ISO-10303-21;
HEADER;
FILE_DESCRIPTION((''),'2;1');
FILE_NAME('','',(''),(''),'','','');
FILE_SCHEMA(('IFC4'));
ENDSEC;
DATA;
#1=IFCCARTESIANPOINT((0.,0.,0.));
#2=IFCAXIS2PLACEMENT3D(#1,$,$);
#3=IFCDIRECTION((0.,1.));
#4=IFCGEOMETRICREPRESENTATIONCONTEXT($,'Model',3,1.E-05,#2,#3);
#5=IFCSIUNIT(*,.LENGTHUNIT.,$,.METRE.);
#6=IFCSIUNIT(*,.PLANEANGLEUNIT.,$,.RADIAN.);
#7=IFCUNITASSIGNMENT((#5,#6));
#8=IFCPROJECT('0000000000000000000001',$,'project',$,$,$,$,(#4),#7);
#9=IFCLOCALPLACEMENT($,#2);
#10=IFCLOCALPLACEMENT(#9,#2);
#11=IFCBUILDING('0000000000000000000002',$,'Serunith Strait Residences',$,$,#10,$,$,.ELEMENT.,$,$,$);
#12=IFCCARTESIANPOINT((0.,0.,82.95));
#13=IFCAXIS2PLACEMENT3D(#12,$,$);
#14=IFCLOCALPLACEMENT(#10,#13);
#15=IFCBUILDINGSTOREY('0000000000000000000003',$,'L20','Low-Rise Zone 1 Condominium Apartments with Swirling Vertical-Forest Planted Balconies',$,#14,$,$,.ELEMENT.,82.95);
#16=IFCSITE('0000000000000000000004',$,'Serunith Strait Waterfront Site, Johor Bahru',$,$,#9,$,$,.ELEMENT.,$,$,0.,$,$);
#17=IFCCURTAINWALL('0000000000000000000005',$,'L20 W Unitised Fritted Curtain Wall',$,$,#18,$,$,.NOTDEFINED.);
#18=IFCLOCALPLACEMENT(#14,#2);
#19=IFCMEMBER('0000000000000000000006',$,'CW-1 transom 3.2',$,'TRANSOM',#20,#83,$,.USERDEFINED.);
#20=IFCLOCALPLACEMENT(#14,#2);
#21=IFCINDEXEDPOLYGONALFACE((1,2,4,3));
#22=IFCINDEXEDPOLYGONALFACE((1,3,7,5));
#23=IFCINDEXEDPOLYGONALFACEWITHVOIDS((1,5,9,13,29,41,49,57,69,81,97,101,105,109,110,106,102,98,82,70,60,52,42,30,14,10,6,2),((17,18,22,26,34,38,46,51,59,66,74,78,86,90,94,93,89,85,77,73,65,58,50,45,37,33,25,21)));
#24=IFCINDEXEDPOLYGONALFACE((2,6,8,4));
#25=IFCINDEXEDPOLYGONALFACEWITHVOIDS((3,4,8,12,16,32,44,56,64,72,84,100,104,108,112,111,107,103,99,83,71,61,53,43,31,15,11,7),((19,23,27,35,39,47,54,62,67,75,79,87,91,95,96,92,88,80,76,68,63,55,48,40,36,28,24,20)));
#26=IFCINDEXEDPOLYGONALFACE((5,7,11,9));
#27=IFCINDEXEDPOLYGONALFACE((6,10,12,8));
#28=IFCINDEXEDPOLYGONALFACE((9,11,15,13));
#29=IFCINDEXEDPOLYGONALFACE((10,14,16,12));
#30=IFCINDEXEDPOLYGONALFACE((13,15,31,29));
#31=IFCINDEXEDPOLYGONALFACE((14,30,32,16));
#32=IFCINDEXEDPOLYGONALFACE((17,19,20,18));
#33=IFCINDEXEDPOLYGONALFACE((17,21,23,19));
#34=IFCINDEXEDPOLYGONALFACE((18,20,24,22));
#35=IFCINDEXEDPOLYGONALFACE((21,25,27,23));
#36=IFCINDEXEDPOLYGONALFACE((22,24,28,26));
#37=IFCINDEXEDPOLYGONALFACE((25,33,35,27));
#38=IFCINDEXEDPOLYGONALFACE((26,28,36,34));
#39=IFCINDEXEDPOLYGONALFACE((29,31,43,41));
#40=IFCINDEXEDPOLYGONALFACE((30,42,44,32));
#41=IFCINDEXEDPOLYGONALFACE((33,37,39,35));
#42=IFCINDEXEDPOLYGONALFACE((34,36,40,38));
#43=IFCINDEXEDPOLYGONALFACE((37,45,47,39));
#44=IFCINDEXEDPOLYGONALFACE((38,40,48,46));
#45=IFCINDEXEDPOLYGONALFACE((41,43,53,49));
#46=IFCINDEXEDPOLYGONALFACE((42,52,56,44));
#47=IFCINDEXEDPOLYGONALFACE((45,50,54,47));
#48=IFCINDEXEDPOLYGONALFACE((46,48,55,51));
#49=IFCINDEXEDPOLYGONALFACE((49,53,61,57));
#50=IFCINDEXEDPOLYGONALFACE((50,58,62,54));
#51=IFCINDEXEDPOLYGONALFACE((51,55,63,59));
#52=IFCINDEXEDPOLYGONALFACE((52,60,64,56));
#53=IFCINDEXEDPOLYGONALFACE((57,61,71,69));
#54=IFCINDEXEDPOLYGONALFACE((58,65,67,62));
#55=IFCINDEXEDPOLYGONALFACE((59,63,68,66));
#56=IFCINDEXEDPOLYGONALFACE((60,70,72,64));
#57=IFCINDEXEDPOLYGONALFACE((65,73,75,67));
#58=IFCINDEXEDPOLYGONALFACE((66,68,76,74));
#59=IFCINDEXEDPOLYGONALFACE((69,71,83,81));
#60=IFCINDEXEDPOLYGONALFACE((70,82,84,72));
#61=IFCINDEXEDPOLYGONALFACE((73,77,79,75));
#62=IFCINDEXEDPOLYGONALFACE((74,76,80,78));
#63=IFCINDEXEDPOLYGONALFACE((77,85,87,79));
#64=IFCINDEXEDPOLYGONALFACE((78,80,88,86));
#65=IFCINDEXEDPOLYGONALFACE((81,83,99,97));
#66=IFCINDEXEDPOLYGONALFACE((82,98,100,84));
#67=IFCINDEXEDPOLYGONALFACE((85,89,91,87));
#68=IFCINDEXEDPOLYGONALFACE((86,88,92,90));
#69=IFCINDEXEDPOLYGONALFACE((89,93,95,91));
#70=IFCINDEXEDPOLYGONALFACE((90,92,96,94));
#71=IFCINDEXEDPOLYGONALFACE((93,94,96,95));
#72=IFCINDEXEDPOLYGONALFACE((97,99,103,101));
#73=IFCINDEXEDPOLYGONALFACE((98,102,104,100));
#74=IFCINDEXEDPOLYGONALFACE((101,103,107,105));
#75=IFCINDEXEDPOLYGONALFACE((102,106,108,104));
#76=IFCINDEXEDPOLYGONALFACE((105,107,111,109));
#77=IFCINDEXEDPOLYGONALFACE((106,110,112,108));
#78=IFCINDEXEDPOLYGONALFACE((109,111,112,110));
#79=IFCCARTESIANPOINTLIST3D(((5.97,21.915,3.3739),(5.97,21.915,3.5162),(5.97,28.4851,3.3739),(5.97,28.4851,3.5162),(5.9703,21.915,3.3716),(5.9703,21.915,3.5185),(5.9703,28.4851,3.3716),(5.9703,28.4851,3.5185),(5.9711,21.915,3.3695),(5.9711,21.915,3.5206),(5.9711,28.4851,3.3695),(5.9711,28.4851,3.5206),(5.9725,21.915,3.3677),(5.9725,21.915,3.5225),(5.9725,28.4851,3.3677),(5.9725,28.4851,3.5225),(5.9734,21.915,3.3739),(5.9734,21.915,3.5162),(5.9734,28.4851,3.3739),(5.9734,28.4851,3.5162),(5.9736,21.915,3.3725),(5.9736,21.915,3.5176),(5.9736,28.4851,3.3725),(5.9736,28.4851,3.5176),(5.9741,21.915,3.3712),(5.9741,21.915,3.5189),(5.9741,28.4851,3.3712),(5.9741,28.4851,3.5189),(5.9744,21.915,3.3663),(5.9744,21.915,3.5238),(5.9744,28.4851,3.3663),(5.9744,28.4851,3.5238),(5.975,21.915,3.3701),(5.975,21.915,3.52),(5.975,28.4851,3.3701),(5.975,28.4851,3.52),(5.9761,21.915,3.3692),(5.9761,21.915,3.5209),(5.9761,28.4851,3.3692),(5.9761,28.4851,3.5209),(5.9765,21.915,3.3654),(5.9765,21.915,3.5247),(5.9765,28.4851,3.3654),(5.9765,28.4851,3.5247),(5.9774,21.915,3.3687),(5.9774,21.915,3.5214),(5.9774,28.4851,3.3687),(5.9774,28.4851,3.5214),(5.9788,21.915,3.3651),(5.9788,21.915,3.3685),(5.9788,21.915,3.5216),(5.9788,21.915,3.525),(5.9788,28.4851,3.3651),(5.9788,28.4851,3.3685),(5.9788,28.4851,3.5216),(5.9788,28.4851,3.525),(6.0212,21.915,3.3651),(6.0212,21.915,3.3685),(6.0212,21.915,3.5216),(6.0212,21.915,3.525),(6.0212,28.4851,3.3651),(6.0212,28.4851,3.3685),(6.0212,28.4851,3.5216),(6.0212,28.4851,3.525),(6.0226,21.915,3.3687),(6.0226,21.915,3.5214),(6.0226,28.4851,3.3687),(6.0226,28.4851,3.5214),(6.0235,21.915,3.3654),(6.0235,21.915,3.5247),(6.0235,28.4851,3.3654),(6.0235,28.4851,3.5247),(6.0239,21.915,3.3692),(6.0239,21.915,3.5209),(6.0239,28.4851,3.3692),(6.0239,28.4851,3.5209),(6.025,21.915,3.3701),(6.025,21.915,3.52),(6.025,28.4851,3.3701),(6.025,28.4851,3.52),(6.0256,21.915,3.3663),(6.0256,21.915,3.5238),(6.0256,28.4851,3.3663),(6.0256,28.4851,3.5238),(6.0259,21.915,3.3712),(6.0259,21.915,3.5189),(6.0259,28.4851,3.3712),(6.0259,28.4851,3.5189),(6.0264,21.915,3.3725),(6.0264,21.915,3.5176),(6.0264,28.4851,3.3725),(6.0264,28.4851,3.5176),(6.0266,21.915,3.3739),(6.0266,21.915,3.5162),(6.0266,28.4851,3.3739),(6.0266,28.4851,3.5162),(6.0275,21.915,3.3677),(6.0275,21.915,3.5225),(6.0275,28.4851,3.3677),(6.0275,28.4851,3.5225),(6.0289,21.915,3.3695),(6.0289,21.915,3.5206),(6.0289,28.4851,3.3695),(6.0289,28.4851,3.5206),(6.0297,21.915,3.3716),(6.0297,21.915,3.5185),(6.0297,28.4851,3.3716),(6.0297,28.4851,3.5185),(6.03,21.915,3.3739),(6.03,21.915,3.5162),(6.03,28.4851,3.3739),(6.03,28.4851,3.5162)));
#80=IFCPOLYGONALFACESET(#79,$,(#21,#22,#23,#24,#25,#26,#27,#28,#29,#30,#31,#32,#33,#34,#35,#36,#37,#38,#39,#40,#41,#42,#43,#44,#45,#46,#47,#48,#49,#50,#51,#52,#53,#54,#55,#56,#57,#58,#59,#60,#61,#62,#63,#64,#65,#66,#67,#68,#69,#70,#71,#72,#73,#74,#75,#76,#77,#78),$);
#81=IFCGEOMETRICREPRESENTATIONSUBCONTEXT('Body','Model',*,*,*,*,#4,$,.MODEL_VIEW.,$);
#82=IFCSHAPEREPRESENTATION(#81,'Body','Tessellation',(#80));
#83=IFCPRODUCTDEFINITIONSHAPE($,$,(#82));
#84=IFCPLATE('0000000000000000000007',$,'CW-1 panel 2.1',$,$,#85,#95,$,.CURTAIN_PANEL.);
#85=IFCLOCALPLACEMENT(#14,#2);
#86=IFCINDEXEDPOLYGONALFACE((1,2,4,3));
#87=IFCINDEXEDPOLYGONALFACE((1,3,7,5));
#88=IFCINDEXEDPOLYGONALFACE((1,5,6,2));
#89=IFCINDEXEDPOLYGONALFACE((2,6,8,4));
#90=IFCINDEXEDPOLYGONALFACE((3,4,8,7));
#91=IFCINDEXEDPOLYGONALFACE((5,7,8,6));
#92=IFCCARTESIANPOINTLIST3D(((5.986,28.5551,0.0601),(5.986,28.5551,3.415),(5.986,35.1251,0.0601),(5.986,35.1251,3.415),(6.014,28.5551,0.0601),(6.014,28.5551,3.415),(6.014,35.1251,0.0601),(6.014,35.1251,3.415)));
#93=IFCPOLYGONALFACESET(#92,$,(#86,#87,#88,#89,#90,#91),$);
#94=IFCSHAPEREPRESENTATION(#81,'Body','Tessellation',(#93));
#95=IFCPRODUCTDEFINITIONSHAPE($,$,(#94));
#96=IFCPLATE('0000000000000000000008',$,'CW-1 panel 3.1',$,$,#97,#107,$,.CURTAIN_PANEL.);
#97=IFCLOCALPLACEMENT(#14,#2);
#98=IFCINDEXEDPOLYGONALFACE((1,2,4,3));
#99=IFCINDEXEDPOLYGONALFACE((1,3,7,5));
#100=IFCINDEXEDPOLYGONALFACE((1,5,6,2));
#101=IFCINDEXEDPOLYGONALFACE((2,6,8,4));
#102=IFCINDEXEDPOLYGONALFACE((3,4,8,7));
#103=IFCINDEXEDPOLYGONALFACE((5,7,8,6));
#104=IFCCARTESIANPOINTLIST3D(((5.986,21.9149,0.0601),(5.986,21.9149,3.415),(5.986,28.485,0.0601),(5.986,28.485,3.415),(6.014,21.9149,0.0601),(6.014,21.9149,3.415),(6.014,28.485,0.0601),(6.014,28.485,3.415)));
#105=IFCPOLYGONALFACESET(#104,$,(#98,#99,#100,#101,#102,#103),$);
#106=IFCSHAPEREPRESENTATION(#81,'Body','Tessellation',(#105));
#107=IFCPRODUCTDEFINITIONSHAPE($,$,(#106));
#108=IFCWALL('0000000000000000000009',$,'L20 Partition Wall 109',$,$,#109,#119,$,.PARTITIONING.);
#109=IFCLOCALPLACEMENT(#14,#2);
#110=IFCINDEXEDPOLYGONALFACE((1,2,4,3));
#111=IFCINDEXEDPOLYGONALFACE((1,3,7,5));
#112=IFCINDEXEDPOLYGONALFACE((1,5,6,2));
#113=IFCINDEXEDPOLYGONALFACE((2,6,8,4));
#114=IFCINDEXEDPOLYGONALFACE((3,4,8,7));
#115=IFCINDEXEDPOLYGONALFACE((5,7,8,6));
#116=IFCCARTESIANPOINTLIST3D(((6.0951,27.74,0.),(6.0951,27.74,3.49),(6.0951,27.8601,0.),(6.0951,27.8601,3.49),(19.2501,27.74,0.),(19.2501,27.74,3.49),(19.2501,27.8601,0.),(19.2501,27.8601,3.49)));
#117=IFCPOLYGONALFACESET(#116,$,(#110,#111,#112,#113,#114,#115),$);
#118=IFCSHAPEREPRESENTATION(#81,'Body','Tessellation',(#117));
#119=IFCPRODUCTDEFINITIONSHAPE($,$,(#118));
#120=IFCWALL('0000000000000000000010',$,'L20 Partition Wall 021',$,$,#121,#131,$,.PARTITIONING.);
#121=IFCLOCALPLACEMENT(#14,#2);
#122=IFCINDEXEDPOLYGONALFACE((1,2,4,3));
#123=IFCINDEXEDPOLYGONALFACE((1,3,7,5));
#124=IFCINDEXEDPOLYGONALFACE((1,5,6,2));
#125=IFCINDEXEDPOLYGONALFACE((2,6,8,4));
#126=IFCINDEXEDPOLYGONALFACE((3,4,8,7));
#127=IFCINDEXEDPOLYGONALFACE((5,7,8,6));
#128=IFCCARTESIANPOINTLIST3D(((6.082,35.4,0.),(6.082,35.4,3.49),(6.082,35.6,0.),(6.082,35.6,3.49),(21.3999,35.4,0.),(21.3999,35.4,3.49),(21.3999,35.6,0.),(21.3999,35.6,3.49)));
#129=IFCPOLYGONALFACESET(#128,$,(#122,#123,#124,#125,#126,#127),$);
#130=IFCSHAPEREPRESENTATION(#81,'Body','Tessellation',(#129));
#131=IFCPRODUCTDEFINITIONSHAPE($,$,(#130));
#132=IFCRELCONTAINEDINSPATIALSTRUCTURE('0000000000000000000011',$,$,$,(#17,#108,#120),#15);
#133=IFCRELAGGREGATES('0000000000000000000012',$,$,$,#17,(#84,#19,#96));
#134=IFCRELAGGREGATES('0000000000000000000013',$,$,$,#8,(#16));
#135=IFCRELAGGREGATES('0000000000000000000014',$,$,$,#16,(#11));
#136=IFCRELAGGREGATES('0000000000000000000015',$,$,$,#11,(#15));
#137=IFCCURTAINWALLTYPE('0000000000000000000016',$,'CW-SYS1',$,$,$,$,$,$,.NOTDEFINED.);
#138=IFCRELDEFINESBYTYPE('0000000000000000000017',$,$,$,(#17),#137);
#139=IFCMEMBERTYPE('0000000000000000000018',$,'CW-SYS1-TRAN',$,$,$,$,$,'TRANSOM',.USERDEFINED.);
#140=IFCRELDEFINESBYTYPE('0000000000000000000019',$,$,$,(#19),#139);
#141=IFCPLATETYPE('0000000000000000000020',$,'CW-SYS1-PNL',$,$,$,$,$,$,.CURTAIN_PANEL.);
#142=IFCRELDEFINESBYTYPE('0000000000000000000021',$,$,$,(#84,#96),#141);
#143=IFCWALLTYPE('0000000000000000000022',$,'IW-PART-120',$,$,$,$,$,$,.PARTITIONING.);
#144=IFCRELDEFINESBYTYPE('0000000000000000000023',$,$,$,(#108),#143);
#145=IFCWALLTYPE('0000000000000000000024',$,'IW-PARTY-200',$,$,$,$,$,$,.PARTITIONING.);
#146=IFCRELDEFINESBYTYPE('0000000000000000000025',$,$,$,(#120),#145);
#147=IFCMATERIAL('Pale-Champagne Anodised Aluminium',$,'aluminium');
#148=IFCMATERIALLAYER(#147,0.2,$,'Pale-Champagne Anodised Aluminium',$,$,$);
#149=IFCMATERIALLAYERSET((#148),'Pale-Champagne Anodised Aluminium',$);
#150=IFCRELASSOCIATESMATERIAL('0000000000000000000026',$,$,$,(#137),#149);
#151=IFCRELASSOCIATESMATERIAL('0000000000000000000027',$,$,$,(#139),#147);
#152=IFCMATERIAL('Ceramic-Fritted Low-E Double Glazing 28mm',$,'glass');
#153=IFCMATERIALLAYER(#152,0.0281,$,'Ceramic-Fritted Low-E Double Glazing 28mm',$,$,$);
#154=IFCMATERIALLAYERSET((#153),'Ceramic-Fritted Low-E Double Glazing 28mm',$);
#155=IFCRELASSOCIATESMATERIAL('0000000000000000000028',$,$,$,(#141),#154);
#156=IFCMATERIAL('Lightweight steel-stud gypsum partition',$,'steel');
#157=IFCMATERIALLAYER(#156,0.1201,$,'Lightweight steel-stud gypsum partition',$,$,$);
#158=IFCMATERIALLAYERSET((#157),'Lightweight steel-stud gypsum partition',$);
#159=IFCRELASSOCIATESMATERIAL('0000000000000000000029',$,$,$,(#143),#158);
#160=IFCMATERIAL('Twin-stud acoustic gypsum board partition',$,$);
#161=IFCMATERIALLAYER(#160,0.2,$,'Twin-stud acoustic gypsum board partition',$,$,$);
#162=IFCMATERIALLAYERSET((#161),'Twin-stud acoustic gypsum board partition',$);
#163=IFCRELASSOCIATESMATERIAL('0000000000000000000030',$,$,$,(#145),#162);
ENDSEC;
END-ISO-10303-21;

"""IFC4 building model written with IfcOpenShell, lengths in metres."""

from ifc_helpers import new_model, si_unit, direction, frame, frame_2d, origin, origin_2d, place, context, subcontext, project, spatial, rectangle, hollow_rectangle, extrude, source, transform, mapped, material, layer, layer_set, material_profile, profile_set, type_object, element, aggregate, save


model = new_model("IFC4")

# Units and contexts
model_context = context("Model", 3, precision=1e-05, world=origin(), true_north=direction((0.0, 1.0)))
body_context = subcontext(model_context, "Body", "Model", "MODEL_VIEW")
ifc_project = project(units=[si_unit("LENGTHUNIT", "METRE"), si_unit("PLANEANGLEUNIT", "RADIAN")], contexts=[model_context])

# Site, building, storey
site_placement = place(None, origin())
site = spatial("IfcSite", under=ifc_project, at=site_placement, Name="Serunith Strait Waterfront Site, Johor Bahru", CompositionType="ELEMENT", RefElevation=0.0)
building_placement = place(site_placement, origin())
building = spatial("IfcBuilding", under=site, at=building_placement, Name="Serunith Strait Residences", CompositionType="ELEMENT")
storey_placement = place(building_placement, frame((0.0, 0.0, 82.95)))
storey = spatial("IfcBuildingStorey", under=building, at=storey_placement, Name="L20", Description="Low-Rise Zone 1 Condominium Apartments with Swirling Vertical-Forest Planted Balconies", CompositionType="ELEMENT", Elevation=82.95)

# Curtain wall, member, plates
ifc_material_1 = material(Name="Pale-Champagne Anodised Aluminium", Category="aluminium")
ifc_layer_1 = layer(ifc_material_1, 0.2, Name="Pale-Champagne Anodised Aluminium")
ifc_layer_set_1 = layer_set([ifc_layer_1], Name="Pale-Champagne Anodised Aluminium")
curtain_wall_type = type_object("IfcCurtainWallType", Name="CW-SYS1", PredefinedType="NOTDEFINED", material=ifc_layer_set_1)
curtain_wall_placement = place(storey_placement, origin())
curtain_wall = element("IfcCurtainWall", 1, at=curtain_wall_placement, inside=storey, type_object=curtain_wall_type, Name="L20 W Unitised Fritted Curtain Wall", PredefinedType="NOTDEFINED")
ifc_material_profile_1 = material_profile(ifc_material_1, hollow_rectangle(XDim=0.0601, YDim=0.1599, WallThickness=0.0034, InnerFilletRadius=0.0054, OuterFilletRadius=0.0088, at=origin_2d()), Name="ALU 160x60x3.5")
ifc_profile_set_1 = profile_set([ifc_material_profile_1], Name="Pale-Champagne Anodised Aluminium")
member_type_1 = type_object("IfcMemberType", Name="CW-SYS1-TRAN", ElementType="TRANSOM", PredefinedType="USERDEFINED", material=ifc_profile_set_1)
shared_shape_1 = source(origin(), body_context, "Body", "SweptSolid", [
    extrude(hollow_rectangle(XDim=0.0601, YDim=0.1599, WallThickness=0.0034, InnerFilletRadius=0.0054, OuterFilletRadius=0.0088, at=origin_2d()), origin(), (0.0, 0.0, 1.0), 6.5701),
])
member_1_placement = place(storey_placement, frame((6.0, 28.4851, 3.4451), z_axis=(0.0, -1.0, 0.0), x_axis=(1.0, 0.0, 0.0)))
member_1 = element("IfcMember", 2, at=member_1_placement, type_object=member_type_1, Name="CW-1 transom 3.2", ObjectType="TRANSOM", PredefinedType="USERDEFINED", context=body_context, shape_type="MappedRepresentation", body=[
    mapped(shared_shape_1, transform((0.0, 0.0, 0.0), scale=1.0)),
])
ifc_material_2 = material(Name="Ceramic-Fritted Low-E Double Glazing 28mm", Category="glass")
ifc_layer_2 = layer(ifc_material_2, 0.0281, Name="Ceramic-Fritted Low-E Double Glazing 28mm")
ifc_layer_set_2 = layer_set([ifc_layer_2], Name="Ceramic-Fritted Low-E Double Glazing 28mm")
plate_type = type_object("IfcPlateType", Name="CW-SYS1-PNL", PredefinedType="CURTAIN_PANEL", material=ifc_layer_set_2)
shared_shape_2 = source(origin(), body_context, "Body", "SweptSolid", [
    extrude(rectangle(XDim=6.5701, YDim=0.0281, at=origin_2d()), origin(), (0.0, 0.0, 1.0), 3.355),
])
plate_1_placement = place(storey_placement, frame((6.0, 31.8401, 0.0601), z_axis=(0.0, 0.0, 1.0), x_axis=(0.0, -1.0, 0.0)))
plate_1 = element("IfcPlate", 3, at=plate_1_placement, type_object=plate_type, Name="CW-1 panel 2.1", PredefinedType="CURTAIN_PANEL", context=body_context, shape_type="MappedRepresentation", body=[
    mapped(shared_shape_2, transform((0.0, 0.0, 0.0), scale=1.0)),
])
plate_2_placement = place(storey_placement, frame((6.0, 25.2, 0.0601), z_axis=(0.0, 0.0, 1.0), x_axis=(0.0, -1.0, 0.0)))
plate_2 = element("IfcPlate", 4, at=plate_2_placement, type_object=plate_type, Name="CW-1 panel 3.1", PredefinedType="CURTAIN_PANEL", context=body_context, shape_type="MappedRepresentation", body=[
    mapped(shared_shape_2, transform((0.0, 0.0, 0.0), scale=1.0)),
])
aggregate(curtain_wall, [plate_1, member_1, plate_2])

# Walls
ifc_material_3 = material(Name="Lightweight steel-stud gypsum partition", Category="steel")
ifc_layer_3 = layer(ifc_material_3, 0.1201, Name="Lightweight steel-stud gypsum partition")
ifc_layer_set_3 = layer_set([ifc_layer_3], Name="Lightweight steel-stud gypsum partition")
wall_type_1 = type_object("IfcWallType", Name="IW-PART-120", PredefinedType="PARTITIONING", material=ifc_layer_set_3)
wall_1_placement = place(storey_placement, frame((6.095, 27.8, 0.0), z_axis=(0.0, 0.0, 1.0), x_axis=(1.0, 0.0, 0.0)))
element("IfcWall", 5, at=wall_1_placement, inside=storey, type_object=wall_type_1, Name="L20 Partition Wall 109", PredefinedType="PARTITIONING", context=body_context, shape_type="SweptSolid", body=[
    extrude(rectangle(XDim=13.155, YDim=0.1201, at=frame_2d((6.5776, 0.0))), origin(), (0.0, 0.0, 1.0), 3.49),
])
ifc_material_4 = material(Name="Twin-stud acoustic gypsum board partition")
ifc_layer_4 = layer(ifc_material_4, 0.2, Name="Twin-stud acoustic gypsum board partition")
ifc_layer_set_4 = layer_set([ifc_layer_4], Name="Twin-stud acoustic gypsum board partition")
wall_type_2 = type_object("IfcWallType", Name="IW-PARTY-200", PredefinedType="PARTITIONING", material=ifc_layer_set_4)
wall_2_placement = place(storey_placement, frame((6.082, 35.5, 0.0), z_axis=(0.0, 0.0, 1.0), x_axis=(1.0, 0.0, 0.0)))
element("IfcWall", 6, at=wall_2_placement, inside=storey, type_object=wall_type_2, Name="L20 Partition Wall 021", PredefinedType="PARTITIONING", context=body_context, shape_type="SweptSolid", body=[
    extrude(rectangle(XDim=15.3179, YDim=0.2, at=frame_2d((7.6589, 0.0))), origin(), (0.0, 0.0, 1.0), 3.49),
])

save(model, "model.ifc")
